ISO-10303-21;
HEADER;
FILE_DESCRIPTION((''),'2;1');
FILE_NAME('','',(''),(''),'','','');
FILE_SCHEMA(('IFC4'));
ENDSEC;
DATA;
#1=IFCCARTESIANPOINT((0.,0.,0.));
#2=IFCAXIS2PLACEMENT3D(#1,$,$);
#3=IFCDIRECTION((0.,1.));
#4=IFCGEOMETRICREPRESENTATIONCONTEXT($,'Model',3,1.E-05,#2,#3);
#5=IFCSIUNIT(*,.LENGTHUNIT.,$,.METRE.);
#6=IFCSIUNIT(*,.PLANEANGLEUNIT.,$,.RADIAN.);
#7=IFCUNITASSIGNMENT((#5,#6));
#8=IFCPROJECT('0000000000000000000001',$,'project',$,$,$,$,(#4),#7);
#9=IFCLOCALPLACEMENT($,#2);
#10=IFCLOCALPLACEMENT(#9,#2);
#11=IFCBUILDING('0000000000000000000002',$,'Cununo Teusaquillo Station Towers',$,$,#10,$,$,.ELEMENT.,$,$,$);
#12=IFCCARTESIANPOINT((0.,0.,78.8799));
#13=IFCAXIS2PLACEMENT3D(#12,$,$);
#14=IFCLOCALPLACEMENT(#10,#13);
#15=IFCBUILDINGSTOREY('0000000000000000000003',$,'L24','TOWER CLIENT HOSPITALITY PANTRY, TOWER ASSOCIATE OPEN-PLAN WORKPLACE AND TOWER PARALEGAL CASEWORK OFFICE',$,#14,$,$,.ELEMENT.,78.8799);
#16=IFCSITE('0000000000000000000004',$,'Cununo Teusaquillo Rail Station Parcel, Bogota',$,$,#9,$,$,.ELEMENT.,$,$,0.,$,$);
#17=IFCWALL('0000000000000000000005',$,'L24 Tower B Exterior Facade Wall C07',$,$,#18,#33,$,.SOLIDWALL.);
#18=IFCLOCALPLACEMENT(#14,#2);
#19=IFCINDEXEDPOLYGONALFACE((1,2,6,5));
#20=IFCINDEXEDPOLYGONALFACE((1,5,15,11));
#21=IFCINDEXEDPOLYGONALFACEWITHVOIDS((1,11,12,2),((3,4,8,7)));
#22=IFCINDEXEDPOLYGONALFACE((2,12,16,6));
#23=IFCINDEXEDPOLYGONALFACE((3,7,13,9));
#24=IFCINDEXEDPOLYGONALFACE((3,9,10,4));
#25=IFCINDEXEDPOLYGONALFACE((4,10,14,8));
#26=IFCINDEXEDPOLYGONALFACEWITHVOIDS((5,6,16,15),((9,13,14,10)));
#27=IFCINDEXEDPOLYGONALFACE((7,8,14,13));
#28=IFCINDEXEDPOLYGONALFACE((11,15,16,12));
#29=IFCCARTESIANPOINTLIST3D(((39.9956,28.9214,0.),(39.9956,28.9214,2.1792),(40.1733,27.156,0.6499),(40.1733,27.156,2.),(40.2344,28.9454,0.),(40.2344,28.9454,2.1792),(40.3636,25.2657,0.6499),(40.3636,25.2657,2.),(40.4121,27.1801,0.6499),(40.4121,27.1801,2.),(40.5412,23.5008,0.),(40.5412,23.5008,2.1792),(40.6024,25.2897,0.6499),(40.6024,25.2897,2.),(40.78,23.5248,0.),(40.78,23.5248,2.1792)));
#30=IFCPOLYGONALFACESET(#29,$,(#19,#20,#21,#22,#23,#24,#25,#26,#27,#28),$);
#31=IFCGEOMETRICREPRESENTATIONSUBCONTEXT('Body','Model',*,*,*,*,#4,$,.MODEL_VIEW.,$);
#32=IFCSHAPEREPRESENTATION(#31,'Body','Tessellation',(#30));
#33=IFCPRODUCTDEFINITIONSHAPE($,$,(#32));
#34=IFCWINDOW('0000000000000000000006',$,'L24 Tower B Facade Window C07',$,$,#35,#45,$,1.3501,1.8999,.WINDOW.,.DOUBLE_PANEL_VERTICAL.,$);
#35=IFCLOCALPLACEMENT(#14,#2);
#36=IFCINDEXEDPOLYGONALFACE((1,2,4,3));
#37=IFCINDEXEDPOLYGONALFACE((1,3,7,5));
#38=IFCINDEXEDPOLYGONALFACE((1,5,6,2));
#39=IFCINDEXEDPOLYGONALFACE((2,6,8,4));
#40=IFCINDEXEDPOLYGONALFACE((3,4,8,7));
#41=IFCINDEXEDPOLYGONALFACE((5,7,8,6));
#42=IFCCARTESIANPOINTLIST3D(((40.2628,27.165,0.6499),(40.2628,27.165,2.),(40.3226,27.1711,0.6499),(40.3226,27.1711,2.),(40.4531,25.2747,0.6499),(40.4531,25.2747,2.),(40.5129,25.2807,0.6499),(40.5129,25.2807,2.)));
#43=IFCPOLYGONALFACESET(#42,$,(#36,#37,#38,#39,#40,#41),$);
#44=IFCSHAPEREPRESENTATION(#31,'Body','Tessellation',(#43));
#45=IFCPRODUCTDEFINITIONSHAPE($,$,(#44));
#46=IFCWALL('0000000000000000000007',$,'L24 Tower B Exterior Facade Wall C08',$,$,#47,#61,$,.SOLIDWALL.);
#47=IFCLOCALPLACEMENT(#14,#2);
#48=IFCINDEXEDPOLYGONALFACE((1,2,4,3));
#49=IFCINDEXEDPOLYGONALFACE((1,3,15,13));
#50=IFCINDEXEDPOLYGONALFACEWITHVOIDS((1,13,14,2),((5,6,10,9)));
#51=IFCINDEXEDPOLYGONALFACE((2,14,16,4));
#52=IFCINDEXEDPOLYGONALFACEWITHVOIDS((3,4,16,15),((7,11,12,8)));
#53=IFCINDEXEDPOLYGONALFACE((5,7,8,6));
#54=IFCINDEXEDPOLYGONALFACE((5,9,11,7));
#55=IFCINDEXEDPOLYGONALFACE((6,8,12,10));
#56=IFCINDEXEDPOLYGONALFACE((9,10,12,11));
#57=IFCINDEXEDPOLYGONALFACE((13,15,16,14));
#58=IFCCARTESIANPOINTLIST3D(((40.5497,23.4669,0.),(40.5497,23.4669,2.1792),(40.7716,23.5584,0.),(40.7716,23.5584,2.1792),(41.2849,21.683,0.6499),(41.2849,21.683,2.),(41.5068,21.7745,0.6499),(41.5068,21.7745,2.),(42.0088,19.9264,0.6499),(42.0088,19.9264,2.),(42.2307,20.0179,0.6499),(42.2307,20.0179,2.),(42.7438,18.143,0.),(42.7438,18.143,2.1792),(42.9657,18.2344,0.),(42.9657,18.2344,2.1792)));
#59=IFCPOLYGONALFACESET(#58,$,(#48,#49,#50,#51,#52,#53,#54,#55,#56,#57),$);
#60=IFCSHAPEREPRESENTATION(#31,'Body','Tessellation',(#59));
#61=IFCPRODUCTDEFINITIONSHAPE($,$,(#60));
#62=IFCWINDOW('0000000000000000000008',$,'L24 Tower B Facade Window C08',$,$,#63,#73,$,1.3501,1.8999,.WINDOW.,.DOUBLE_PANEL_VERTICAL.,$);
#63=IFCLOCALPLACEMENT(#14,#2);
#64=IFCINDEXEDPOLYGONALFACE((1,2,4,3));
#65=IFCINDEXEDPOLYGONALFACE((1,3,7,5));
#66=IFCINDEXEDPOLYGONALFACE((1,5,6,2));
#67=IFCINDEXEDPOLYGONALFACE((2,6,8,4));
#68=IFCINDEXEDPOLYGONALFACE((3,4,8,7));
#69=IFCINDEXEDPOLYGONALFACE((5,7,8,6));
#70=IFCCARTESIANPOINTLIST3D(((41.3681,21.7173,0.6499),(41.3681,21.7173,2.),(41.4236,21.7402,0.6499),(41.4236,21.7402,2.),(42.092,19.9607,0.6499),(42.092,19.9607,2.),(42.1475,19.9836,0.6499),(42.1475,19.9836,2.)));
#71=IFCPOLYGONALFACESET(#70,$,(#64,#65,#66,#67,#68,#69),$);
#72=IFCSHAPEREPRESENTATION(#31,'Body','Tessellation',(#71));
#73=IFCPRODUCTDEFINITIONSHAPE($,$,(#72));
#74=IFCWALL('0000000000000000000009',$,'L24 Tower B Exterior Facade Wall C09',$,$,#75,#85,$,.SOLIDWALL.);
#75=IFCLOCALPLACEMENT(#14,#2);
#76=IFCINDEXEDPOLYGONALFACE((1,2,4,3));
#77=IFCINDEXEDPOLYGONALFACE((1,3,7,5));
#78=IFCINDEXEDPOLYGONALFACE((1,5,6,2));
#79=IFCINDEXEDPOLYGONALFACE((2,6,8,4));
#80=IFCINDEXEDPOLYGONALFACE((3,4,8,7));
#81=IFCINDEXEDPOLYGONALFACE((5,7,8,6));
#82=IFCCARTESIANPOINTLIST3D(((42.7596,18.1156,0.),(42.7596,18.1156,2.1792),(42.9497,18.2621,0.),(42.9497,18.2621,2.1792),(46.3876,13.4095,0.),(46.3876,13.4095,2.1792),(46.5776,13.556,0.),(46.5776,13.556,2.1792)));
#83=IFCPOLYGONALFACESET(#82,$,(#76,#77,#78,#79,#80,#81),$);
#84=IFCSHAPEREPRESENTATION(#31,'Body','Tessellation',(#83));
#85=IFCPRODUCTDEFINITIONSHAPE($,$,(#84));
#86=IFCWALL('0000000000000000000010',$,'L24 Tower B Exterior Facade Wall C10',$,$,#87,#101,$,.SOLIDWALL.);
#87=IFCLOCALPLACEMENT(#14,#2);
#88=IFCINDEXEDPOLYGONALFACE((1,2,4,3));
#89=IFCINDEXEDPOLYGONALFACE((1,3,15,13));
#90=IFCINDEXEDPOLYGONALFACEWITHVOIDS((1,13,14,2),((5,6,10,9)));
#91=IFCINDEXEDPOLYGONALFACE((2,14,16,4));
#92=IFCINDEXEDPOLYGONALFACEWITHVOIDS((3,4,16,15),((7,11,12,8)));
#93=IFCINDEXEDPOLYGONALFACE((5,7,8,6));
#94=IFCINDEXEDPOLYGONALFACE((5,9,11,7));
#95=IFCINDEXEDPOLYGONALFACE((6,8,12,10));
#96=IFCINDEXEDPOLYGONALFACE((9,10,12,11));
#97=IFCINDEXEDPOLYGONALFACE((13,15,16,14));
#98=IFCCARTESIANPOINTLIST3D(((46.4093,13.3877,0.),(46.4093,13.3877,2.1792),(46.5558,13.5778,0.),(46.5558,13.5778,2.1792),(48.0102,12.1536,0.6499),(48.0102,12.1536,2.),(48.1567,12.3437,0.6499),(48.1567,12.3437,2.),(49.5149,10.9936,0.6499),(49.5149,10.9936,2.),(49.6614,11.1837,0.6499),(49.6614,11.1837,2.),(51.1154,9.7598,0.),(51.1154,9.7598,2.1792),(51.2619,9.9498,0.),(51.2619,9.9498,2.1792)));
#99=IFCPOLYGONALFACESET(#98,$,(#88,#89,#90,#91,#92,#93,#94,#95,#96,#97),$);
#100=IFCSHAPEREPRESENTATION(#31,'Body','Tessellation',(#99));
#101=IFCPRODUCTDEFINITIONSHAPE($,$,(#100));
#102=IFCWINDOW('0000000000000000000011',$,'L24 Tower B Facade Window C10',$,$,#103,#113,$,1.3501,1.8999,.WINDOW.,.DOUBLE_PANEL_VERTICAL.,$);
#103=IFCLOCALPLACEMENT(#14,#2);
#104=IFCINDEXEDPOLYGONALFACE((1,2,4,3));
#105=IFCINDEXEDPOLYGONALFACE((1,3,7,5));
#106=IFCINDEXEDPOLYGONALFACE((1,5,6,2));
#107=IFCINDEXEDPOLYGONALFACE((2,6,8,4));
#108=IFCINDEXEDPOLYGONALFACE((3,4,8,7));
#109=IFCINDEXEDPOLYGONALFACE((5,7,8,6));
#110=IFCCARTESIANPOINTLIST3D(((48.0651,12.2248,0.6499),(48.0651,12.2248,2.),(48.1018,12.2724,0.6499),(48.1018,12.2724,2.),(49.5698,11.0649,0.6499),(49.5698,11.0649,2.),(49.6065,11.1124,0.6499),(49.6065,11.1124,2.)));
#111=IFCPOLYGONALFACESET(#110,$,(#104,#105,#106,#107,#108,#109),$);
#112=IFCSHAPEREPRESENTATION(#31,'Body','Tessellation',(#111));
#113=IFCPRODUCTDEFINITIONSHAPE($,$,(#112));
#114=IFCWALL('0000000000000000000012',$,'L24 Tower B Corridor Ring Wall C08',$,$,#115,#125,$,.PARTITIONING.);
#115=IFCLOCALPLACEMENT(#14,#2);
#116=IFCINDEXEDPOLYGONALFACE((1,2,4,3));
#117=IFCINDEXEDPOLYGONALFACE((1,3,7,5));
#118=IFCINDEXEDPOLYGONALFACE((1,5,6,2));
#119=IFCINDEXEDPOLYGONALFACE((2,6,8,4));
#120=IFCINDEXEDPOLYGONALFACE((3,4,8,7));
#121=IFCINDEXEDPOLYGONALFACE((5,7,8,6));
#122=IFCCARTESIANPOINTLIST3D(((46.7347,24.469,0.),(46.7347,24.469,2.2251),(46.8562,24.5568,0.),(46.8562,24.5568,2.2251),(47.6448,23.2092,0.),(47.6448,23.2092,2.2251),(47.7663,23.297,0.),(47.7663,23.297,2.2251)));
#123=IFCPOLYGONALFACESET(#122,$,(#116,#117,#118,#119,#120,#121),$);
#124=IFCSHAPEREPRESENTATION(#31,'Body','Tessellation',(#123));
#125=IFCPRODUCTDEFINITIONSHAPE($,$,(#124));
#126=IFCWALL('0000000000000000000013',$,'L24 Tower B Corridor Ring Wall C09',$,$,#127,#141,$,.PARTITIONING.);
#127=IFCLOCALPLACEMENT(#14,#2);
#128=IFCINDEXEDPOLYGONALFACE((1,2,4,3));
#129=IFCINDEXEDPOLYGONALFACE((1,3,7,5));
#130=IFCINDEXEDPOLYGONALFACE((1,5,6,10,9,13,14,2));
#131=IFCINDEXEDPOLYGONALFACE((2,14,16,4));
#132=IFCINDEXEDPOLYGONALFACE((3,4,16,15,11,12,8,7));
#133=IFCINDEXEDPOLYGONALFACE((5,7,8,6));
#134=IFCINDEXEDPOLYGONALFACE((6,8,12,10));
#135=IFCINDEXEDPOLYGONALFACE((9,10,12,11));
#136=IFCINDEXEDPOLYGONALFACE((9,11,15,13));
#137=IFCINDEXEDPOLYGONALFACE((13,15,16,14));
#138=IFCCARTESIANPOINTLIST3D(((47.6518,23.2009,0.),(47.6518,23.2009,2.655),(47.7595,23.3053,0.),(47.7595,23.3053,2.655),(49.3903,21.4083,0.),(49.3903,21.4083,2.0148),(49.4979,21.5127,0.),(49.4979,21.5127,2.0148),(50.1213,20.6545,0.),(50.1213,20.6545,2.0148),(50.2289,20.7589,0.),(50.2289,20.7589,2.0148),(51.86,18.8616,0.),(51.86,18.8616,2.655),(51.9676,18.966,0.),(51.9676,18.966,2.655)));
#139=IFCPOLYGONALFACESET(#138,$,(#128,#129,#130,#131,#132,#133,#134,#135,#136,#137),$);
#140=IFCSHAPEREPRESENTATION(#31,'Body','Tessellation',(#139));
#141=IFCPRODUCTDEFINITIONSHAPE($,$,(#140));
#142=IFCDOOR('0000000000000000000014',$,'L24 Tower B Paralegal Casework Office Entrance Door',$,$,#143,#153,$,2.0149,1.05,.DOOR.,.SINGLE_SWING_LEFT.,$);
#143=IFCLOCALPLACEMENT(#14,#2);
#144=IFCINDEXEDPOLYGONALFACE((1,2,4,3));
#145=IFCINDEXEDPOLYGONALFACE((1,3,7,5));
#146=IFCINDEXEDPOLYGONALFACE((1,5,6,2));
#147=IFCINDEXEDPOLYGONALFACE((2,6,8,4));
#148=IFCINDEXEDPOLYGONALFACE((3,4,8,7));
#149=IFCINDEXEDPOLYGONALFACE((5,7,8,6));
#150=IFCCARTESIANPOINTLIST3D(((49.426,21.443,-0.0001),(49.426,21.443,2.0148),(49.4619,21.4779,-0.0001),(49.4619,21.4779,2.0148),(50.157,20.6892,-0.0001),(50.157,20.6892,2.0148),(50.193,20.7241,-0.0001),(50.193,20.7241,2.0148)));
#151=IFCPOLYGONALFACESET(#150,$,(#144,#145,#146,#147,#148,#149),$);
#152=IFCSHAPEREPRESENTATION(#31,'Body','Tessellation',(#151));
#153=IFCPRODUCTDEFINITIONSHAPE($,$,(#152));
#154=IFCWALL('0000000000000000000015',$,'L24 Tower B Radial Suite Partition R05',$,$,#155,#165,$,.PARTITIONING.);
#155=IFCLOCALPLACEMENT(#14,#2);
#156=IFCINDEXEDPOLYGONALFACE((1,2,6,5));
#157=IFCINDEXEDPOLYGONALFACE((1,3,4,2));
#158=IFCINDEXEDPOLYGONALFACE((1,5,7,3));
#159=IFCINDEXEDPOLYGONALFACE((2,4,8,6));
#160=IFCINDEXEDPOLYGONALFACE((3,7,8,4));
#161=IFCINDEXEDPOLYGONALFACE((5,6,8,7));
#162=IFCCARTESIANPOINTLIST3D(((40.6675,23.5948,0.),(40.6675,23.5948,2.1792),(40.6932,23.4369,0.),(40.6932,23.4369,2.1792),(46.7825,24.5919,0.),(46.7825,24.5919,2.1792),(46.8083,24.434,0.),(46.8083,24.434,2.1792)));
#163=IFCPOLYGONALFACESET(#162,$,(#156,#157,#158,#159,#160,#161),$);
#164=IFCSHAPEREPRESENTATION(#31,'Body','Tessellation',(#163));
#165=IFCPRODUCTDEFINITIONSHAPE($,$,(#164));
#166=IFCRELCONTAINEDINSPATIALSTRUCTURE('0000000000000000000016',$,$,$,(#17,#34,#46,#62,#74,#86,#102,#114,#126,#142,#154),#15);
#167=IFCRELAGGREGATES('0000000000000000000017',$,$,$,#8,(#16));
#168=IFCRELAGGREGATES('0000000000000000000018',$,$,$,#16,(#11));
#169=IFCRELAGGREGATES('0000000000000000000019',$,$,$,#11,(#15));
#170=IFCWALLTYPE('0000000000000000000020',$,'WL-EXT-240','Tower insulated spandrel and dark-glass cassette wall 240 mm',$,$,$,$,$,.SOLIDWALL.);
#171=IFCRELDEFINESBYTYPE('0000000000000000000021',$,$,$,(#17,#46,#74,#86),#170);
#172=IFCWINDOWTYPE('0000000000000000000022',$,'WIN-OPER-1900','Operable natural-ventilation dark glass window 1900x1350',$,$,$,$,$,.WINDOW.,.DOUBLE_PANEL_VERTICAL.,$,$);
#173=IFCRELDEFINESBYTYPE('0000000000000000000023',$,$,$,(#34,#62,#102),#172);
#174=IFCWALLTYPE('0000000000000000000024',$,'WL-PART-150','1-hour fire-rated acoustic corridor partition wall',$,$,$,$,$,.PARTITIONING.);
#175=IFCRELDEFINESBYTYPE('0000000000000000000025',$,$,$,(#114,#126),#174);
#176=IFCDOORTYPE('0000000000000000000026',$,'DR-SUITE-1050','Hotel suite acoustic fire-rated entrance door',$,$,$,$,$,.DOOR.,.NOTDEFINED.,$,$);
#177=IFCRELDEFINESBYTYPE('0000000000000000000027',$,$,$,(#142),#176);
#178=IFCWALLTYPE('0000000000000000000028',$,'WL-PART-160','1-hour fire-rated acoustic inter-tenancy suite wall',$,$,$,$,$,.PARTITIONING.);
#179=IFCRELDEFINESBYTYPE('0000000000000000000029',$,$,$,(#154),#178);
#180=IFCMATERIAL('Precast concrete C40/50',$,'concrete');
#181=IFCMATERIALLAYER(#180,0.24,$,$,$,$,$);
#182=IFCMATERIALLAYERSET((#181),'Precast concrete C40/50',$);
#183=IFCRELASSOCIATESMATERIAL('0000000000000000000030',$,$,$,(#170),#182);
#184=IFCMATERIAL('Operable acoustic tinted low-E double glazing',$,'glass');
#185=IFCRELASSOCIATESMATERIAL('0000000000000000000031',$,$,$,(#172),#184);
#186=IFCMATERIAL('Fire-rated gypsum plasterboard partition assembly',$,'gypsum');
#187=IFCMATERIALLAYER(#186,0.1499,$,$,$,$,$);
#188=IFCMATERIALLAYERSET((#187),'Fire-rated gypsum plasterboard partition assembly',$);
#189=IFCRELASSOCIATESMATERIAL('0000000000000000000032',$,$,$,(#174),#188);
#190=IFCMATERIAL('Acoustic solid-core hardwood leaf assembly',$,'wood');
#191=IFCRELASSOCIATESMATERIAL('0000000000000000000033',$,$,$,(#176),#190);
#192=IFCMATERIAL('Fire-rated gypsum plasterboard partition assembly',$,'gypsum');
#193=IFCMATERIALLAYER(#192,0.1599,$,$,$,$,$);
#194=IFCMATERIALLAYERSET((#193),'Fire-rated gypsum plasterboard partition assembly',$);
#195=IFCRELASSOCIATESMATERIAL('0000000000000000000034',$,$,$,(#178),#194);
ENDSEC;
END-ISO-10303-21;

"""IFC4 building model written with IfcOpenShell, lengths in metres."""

from ifc_helpers import new_model, si_unit, direction, frame, frame_2d, origin, place, context, subcontext, project, spatial, rectangle, extrude, source, transform, mapped, material, layer, layer_set, type_object, element, fill, save


model = new_model("IFC4")

# Units and contexts
model_context = context("Model", 3, precision=1e-05, world=origin(), true_north=direction((0.0, 1.0)))
body_context = subcontext(model_context, "Body", "Model", "MODEL_VIEW")
ifc_project = project(units=[si_unit("LENGTHUNIT", "METRE"), si_unit("PLANEANGLEUNIT", "RADIAN")], contexts=[model_context])

# Site, building, storey
site_placement = place(None, origin())
site = spatial("IfcSite", under=ifc_project, at=site_placement, Name="Cununo Teusaquillo Rail Station Parcel, Bogota", CompositionType="ELEMENT", RefElevation=0.0)
building_placement = place(site_placement, origin())
building = spatial("IfcBuilding", under=site, at=building_placement, Name="Cununo Teusaquillo Station Towers", CompositionType="ELEMENT")
storey_placement = place(building_placement, frame((0.0, 0.0, 78.8799)))
storey = spatial("IfcBuildingStorey", under=building, at=storey_placement, Name="L24", Description="TOWER CLIENT HOSPITALITY PANTRY, TOWER ASSOCIATE OPEN-PLAN WORKPLACE AND TOWER PARALEGAL CASEWORK OFFICE", CompositionType="ELEMENT", Elevation=78.8799)

# Shared definitions
ifc_material_1 = material(Name="Precast concrete C40/50", Category="concrete")
ifc_layer_1 = layer(ifc_material_1, 0.24)
ifc_layer_set_1 = layer_set([ifc_layer_1], Name="Precast concrete C40/50")
wall_type_1 = type_object("IfcWallType", Name="WL-EXT-240", Description="Tower insulated spandrel and dark-glass cassette wall 240 mm", PredefinedType="SOLIDWALL", material=ifc_layer_set_1)

# Walls, openings, windows
shared_shape_1 = source(origin(), body_context, "Body", "SweptSolid", [
    extrude(rectangle(XDim=1.8999, YDim=1.3501, at=frame_2d((0.95, 0.675))), frame((0.0, 0.1299, 0.0), z_axis=(0.0, -1.0, 0.0), x_axis=(1.0, 0.0, 0.0)), (0.0, 0.0, 1.0), 0.26),
])
ifc_material_2 = material(Name="Operable acoustic tinted low-E double glazing", Category="glass")
window_type = type_object("IfcWindowType", Name="WIN-OPER-1900", Description="Operable natural-ventilation dark glass window 1900x1350", PartitioningType="DOUBLE_PANEL_VERTICAL", PredefinedType="WINDOW", material=ifc_material_2)
shared_shape_2 = source(origin(), body_context, "Body", "SweptSolid", [
    extrude(rectangle(XDim=1.8999, YDim=1.3501, at=frame_2d((0.95, 0.675))), frame((0.0, 0.03, 0.0), z_axis=(0.0, -1.0, 0.0), x_axis=(1.0, 0.0, 0.0)), (0.0, 0.0, 1.0), 0.0601),
])
wall_1_placement = place(storey_placement, frame((40.6606, 23.5127, 0.0), z_axis=(0.0, 0.0, 1.0), x_axis=(-0.100156, 0.994972, 0.0)))
wall_1 = element("IfcWall", 1, at=wall_1_placement, inside=storey, type_object=wall_type_1, Name="L24 Tower B Exterior Facade Wall C07", PredefinedType="SOLIDWALL", context=body_context, shape_type="SweptSolid", body=[
    extrude(rectangle(XDim=5.448, YDim=0.24, at=frame_2d((2.7241, 0.0))), origin(), (0.0, 0.0, 1.0), 2.1792),
])
opening_1_placement = place(wall_1_placement, frame((1.7739, 0.0, 0.6499)))
opening_1 = element("IfcOpeningElement", 2, at=opening_1_placement, cuts=wall_1, PredefinedType="OPENING", context=body_context, shape_type="MappedRepresentation", body=[
    mapped(shared_shape_1, transform((0.0, 0.0, 0.0), x_axis=(1.0, 0.0, 0.0), y_axis=(0.0, 1.0, 0.0), z_axis=(0.0, 0.0, 1.0), scale=1.0)),
])
window_1_placement = place(opening_1_placement, origin())
window_1 = element("IfcWindow", 3, at=window_1_placement, inside=storey, type_object=window_type, Name="L24 Tower B Facade Window C07", OverallHeight=1.3501, OverallWidth=1.8999, PartitioningType="DOUBLE_PANEL_VERTICAL", PredefinedType="WINDOW", context=body_context, shape_type="MappedRepresentation", body=[
    mapped(shared_shape_2, transform((0.0, 0.0, 0.0), x_axis=(1.0, 0.0, 0.0), y_axis=(0.0, 1.0, 0.0), z_axis=(0.0, 0.0, 1.0), scale=1.0)),
])
fill(opening_1, window_1)
wall_2_placement = place(storey_placement, frame((42.8547, 18.1887, 0.0), z_axis=(0.0, 0.0, 1.0), x_axis=(-0.381027, 0.924564, 0.0)))
wall_2 = element("IfcWall", 4, at=wall_2_placement, inside=storey, type_object=wall_type_1, Name="L24 Tower B Exterior Facade Wall C08", PredefinedType="SOLIDWALL", context=body_context, shape_type="SweptSolid", body=[
    extrude(rectangle(XDim=5.7583, YDim=0.24, at=frame_2d((2.8792, 0.0))), origin(), (0.0, 0.0, 1.0), 2.1792),
])
opening_2_placement = place(wall_2_placement, frame((1.929, 0.0, 0.6499)))
opening_2 = element("IfcOpeningElement", 5, at=opening_2_placement, cuts=wall_2, PredefinedType="OPENING", context=body_context, shape_type="MappedRepresentation", body=[
    mapped(shared_shape_1, transform((0.0, 0.0, 0.0), x_axis=(1.0, 0.0, 0.0), y_axis=(0.0, 1.0, 0.0), z_axis=(0.0, 0.0, 1.0), scale=1.0)),
])
window_2_placement = place(opening_2_placement, origin())
window_2 = element("IfcWindow", 6, at=window_2_placement, inside=storey, type_object=window_type, Name="L24 Tower B Facade Window C08", OverallHeight=1.3501, OverallWidth=1.8999, PartitioningType="DOUBLE_PANEL_VERTICAL", PredefinedType="WINDOW", context=body_context, shape_type="MappedRepresentation", body=[
    mapped(shared_shape_2, transform((0.0, 0.0, 0.0), x_axis=(1.0, 0.0, 0.0), y_axis=(0.0, 1.0, 0.0), z_axis=(0.0, 0.0, 1.0), scale=1.0)),
])
fill(opening_2, window_2)

# Wall
wall_3_placement = place(storey_placement, frame((46.4827, 13.4827, 0.0), z_axis=(0.0, 0.0, 1.0), x_axis=(-0.610544, 0.791982, 0.0)))
element("IfcWall", 7, at=wall_3_placement, inside=storey, type_object=wall_type_1, Name="L24 Tower B Exterior Facade Wall C09", PredefinedType="SOLIDWALL", context=body_context, shape_type="SweptSolid", body=[
    extrude(rectangle(XDim=5.9421, YDim=0.24, at=frame_2d((2.9712, 0.0))), origin(), (0.0, 0.0, 1.0), 2.1792),
])

# Wall, opening, window
wall_4_placement = place(storey_placement, frame((51.1887, 9.8547, 0.0), z_axis=(0.0, 0.0, 1.0), x_axis=(-0.791982, 0.610544, 0.0)))
wall_4 = element("IfcWall", 8, at=wall_4_placement, inside=storey, type_object=wall_type_1, Name="L24 Tower B Exterior Facade Wall C10", PredefinedType="SOLIDWALL", context=body_context, shape_type="SweptSolid", body=[
    extrude(rectangle(XDim=5.9421, YDim=0.24, at=frame_2d((2.9712, 0.0))), origin(), (0.0, 0.0, 1.0), 2.1792),
])
opening_3_placement = place(wall_4_placement, frame((2.021, 0.0, 0.6499)))
opening_3 = element("IfcOpeningElement", 9, at=opening_3_placement, cuts=wall_4, PredefinedType="OPENING", context=body_context, shape_type="MappedRepresentation", body=[
    mapped(shared_shape_1, transform((0.0, 0.0, 0.0), x_axis=(1.0, 0.0, 0.0), y_axis=(0.0, 1.0, 0.0), z_axis=(0.0, 0.0, 1.0), scale=1.0)),
])
window_3_placement = place(opening_3_placement, origin())
window_3 = element("IfcWindow", 10, at=window_3_placement, inside=storey, type_object=window_type, Name="L24 Tower B Facade Window C10", OverallHeight=1.3501, OverallWidth=1.8999, PartitioningType="DOUBLE_PANEL_VERTICAL", PredefinedType="WINDOW", context=body_context, shape_type="MappedRepresentation", body=[
    mapped(shared_shape_2, transform((0.0, 0.0, 0.0), x_axis=(1.0, 0.0, 0.0), y_axis=(0.0, 1.0, 0.0), z_axis=(0.0, 0.0, 1.0), scale=1.0)),
])
fill(opening_3, window_3)

# Wall
ifc_material_3 = material(Name="Fire-rated gypsum plasterboard partition assembly", Category="gypsum")
ifc_layer_2 = layer(ifc_material_3, 0.1499)
ifc_layer_set_2 = layer_set([ifc_layer_2], Name="Fire-rated gypsum plasterboard partition assembly")
wall_type_2 = type_object("IfcWallType", Name="WL-PART-150", Description="1-hour fire-rated acoustic corridor partition wall", PredefinedType="PARTITIONING", material=ifc_layer_set_2)
wall_5_placement = place(storey_placement, frame((46.7954, 24.5129, 0.0), z_axis=(0.0, 0.0, 1.0), x_axis=(0.585628, -0.81058, 0.0)))
element("IfcWall", 11, at=wall_5_placement, inside=storey, type_object=wall_type_2, Name="L24 Tower B Corridor Ring Wall C08", PredefinedType="PARTITIONING", context=body_context, shape_type="SweptSolid", body=[
    extrude(rectangle(XDim=1.5542, YDim=0.1499, at=frame_2d((0.7771, 0.0))), origin(), (0.0, 0.0, 1.0), 2.2251),
])

# Wall, opening, door
wall_6_placement = place(storey_placement, frame((47.7056, 23.2532, 0.0), z_axis=(0.0, 0.0, 1.0), x_axis=(0.696179, -0.717868, 0.0)))
wall_6 = element("IfcWall", 12, at=wall_6_placement, inside=storey, type_object=wall_type_2, Name="L24 Tower B Corridor Ring Wall C09", PredefinedType="PARTITIONING", context=body_context, shape_type="SweptSolid", body=[
    extrude(rectangle(XDim=6.0447, YDim=0.1499, at=frame_2d((3.0225, 0.0))), origin(), (0.0, 0.0, 1.0), 2.655),
])
shared_shape_3 = source(origin(), body_context, "Body", "SweptSolid", [
    extrude(rectangle(XDim=1.05, YDim=2.0149, at=frame_2d((0.5249, 1.0073))), frame((0.0, 0.085, 0.0), z_axis=(0.0, -1.0, 0.0), x_axis=(1.0, 0.0, 0.0)), (0.0, 0.0, 1.0), 0.1699),
])
opening_4_placement = place(wall_6_placement, frame((2.4973, 0.0, 0.0)))
opening_4 = element("IfcOpeningElement", 13, at=opening_4_placement, cuts=wall_6, PredefinedType="OPENING", context=body_context, shape_type="MappedRepresentation", body=[
    mapped(shared_shape_3, transform((0.0, 0.0, 0.0), x_axis=(1.0, 0.0, 0.0), y_axis=(0.0, 1.0, 0.0), z_axis=(0.0, 0.0, 1.0), scale=1.0)),
])
ifc_material_4 = material(Name="Acoustic solid-core hardwood leaf assembly", Category="wood")
door_type_1 = type_object("IfcDoorType", Name="DR-SUITE-1050", Description="Hotel suite acoustic fire-rated entrance door", OperationType="NOTDEFINED", PredefinedType="DOOR", material=ifc_material_4)
shared_shape_4 = source(origin(), body_context, "Body", "SweptSolid", [
    extrude(rectangle(XDim=1.05, YDim=2.0149, at=frame_2d((0.5249, 1.0073))), frame((0.0, 0.0249, 0.0), z_axis=(0.0, -1.0, 0.0), x_axis=(1.0, 0.0, 0.0)), (0.0, 0.0, 1.0), 0.05),
])
door_1_placement = place(opening_4_placement, origin())
door_1 = element("IfcDoor", 14, at=door_1_placement, inside=storey, type_object=door_type_1, Name="L24 Tower B Paralegal Casework Office Entrance Door", OperationType="SINGLE_SWING_LEFT", OverallHeight=2.0149, OverallWidth=1.05, PredefinedType="DOOR", context=body_context, shape_type="MappedRepresentation", body=[
    mapped(shared_shape_4, transform((0.0, 0.0, 0.0), x_axis=(1.0, 0.0, 0.0), y_axis=(0.0, 1.0, 0.0), z_axis=(0.0, 0.0, 1.0), scale=1.0)),
])
fill(opening_4, door_1)

# Wall
ifc_material_5 = material(Name="Fire-rated gypsum plasterboard partition assembly", Category="gypsum")
ifc_layer_3 = layer(ifc_material_5, 0.1599)
ifc_layer_set_3 = layer_set([ifc_layer_3], Name="Fire-rated gypsum plasterboard partition assembly")
wall_type_3 = type_object("IfcWallType", Name="WL-PART-160", Description="1-hour fire-rated acoustic inter-tenancy suite wall", PredefinedType="PARTITIONING", material=ifc_layer_set_3)
wall_7_placement = place(storey_placement, frame((46.7954, 24.5129, 0.0), z_axis=(0.0, 0.0, 1.0), x_axis=(-0.986966, -0.160928, 0.0)))
element("IfcWall", 15, at=wall_7_placement, inside=storey, type_object=wall_type_3, Name="L24 Tower B Radial Suite Partition R05", PredefinedType="PARTITIONING", context=body_context, shape_type="SweptSolid", body=[
    extrude(rectangle(XDim=6.1958, YDim=0.1599, at=frame_2d((3.0979, 0.0))), origin(), (0.0, 0.0, 1.0), 2.1792),
])

save(model, "model.ifc")
